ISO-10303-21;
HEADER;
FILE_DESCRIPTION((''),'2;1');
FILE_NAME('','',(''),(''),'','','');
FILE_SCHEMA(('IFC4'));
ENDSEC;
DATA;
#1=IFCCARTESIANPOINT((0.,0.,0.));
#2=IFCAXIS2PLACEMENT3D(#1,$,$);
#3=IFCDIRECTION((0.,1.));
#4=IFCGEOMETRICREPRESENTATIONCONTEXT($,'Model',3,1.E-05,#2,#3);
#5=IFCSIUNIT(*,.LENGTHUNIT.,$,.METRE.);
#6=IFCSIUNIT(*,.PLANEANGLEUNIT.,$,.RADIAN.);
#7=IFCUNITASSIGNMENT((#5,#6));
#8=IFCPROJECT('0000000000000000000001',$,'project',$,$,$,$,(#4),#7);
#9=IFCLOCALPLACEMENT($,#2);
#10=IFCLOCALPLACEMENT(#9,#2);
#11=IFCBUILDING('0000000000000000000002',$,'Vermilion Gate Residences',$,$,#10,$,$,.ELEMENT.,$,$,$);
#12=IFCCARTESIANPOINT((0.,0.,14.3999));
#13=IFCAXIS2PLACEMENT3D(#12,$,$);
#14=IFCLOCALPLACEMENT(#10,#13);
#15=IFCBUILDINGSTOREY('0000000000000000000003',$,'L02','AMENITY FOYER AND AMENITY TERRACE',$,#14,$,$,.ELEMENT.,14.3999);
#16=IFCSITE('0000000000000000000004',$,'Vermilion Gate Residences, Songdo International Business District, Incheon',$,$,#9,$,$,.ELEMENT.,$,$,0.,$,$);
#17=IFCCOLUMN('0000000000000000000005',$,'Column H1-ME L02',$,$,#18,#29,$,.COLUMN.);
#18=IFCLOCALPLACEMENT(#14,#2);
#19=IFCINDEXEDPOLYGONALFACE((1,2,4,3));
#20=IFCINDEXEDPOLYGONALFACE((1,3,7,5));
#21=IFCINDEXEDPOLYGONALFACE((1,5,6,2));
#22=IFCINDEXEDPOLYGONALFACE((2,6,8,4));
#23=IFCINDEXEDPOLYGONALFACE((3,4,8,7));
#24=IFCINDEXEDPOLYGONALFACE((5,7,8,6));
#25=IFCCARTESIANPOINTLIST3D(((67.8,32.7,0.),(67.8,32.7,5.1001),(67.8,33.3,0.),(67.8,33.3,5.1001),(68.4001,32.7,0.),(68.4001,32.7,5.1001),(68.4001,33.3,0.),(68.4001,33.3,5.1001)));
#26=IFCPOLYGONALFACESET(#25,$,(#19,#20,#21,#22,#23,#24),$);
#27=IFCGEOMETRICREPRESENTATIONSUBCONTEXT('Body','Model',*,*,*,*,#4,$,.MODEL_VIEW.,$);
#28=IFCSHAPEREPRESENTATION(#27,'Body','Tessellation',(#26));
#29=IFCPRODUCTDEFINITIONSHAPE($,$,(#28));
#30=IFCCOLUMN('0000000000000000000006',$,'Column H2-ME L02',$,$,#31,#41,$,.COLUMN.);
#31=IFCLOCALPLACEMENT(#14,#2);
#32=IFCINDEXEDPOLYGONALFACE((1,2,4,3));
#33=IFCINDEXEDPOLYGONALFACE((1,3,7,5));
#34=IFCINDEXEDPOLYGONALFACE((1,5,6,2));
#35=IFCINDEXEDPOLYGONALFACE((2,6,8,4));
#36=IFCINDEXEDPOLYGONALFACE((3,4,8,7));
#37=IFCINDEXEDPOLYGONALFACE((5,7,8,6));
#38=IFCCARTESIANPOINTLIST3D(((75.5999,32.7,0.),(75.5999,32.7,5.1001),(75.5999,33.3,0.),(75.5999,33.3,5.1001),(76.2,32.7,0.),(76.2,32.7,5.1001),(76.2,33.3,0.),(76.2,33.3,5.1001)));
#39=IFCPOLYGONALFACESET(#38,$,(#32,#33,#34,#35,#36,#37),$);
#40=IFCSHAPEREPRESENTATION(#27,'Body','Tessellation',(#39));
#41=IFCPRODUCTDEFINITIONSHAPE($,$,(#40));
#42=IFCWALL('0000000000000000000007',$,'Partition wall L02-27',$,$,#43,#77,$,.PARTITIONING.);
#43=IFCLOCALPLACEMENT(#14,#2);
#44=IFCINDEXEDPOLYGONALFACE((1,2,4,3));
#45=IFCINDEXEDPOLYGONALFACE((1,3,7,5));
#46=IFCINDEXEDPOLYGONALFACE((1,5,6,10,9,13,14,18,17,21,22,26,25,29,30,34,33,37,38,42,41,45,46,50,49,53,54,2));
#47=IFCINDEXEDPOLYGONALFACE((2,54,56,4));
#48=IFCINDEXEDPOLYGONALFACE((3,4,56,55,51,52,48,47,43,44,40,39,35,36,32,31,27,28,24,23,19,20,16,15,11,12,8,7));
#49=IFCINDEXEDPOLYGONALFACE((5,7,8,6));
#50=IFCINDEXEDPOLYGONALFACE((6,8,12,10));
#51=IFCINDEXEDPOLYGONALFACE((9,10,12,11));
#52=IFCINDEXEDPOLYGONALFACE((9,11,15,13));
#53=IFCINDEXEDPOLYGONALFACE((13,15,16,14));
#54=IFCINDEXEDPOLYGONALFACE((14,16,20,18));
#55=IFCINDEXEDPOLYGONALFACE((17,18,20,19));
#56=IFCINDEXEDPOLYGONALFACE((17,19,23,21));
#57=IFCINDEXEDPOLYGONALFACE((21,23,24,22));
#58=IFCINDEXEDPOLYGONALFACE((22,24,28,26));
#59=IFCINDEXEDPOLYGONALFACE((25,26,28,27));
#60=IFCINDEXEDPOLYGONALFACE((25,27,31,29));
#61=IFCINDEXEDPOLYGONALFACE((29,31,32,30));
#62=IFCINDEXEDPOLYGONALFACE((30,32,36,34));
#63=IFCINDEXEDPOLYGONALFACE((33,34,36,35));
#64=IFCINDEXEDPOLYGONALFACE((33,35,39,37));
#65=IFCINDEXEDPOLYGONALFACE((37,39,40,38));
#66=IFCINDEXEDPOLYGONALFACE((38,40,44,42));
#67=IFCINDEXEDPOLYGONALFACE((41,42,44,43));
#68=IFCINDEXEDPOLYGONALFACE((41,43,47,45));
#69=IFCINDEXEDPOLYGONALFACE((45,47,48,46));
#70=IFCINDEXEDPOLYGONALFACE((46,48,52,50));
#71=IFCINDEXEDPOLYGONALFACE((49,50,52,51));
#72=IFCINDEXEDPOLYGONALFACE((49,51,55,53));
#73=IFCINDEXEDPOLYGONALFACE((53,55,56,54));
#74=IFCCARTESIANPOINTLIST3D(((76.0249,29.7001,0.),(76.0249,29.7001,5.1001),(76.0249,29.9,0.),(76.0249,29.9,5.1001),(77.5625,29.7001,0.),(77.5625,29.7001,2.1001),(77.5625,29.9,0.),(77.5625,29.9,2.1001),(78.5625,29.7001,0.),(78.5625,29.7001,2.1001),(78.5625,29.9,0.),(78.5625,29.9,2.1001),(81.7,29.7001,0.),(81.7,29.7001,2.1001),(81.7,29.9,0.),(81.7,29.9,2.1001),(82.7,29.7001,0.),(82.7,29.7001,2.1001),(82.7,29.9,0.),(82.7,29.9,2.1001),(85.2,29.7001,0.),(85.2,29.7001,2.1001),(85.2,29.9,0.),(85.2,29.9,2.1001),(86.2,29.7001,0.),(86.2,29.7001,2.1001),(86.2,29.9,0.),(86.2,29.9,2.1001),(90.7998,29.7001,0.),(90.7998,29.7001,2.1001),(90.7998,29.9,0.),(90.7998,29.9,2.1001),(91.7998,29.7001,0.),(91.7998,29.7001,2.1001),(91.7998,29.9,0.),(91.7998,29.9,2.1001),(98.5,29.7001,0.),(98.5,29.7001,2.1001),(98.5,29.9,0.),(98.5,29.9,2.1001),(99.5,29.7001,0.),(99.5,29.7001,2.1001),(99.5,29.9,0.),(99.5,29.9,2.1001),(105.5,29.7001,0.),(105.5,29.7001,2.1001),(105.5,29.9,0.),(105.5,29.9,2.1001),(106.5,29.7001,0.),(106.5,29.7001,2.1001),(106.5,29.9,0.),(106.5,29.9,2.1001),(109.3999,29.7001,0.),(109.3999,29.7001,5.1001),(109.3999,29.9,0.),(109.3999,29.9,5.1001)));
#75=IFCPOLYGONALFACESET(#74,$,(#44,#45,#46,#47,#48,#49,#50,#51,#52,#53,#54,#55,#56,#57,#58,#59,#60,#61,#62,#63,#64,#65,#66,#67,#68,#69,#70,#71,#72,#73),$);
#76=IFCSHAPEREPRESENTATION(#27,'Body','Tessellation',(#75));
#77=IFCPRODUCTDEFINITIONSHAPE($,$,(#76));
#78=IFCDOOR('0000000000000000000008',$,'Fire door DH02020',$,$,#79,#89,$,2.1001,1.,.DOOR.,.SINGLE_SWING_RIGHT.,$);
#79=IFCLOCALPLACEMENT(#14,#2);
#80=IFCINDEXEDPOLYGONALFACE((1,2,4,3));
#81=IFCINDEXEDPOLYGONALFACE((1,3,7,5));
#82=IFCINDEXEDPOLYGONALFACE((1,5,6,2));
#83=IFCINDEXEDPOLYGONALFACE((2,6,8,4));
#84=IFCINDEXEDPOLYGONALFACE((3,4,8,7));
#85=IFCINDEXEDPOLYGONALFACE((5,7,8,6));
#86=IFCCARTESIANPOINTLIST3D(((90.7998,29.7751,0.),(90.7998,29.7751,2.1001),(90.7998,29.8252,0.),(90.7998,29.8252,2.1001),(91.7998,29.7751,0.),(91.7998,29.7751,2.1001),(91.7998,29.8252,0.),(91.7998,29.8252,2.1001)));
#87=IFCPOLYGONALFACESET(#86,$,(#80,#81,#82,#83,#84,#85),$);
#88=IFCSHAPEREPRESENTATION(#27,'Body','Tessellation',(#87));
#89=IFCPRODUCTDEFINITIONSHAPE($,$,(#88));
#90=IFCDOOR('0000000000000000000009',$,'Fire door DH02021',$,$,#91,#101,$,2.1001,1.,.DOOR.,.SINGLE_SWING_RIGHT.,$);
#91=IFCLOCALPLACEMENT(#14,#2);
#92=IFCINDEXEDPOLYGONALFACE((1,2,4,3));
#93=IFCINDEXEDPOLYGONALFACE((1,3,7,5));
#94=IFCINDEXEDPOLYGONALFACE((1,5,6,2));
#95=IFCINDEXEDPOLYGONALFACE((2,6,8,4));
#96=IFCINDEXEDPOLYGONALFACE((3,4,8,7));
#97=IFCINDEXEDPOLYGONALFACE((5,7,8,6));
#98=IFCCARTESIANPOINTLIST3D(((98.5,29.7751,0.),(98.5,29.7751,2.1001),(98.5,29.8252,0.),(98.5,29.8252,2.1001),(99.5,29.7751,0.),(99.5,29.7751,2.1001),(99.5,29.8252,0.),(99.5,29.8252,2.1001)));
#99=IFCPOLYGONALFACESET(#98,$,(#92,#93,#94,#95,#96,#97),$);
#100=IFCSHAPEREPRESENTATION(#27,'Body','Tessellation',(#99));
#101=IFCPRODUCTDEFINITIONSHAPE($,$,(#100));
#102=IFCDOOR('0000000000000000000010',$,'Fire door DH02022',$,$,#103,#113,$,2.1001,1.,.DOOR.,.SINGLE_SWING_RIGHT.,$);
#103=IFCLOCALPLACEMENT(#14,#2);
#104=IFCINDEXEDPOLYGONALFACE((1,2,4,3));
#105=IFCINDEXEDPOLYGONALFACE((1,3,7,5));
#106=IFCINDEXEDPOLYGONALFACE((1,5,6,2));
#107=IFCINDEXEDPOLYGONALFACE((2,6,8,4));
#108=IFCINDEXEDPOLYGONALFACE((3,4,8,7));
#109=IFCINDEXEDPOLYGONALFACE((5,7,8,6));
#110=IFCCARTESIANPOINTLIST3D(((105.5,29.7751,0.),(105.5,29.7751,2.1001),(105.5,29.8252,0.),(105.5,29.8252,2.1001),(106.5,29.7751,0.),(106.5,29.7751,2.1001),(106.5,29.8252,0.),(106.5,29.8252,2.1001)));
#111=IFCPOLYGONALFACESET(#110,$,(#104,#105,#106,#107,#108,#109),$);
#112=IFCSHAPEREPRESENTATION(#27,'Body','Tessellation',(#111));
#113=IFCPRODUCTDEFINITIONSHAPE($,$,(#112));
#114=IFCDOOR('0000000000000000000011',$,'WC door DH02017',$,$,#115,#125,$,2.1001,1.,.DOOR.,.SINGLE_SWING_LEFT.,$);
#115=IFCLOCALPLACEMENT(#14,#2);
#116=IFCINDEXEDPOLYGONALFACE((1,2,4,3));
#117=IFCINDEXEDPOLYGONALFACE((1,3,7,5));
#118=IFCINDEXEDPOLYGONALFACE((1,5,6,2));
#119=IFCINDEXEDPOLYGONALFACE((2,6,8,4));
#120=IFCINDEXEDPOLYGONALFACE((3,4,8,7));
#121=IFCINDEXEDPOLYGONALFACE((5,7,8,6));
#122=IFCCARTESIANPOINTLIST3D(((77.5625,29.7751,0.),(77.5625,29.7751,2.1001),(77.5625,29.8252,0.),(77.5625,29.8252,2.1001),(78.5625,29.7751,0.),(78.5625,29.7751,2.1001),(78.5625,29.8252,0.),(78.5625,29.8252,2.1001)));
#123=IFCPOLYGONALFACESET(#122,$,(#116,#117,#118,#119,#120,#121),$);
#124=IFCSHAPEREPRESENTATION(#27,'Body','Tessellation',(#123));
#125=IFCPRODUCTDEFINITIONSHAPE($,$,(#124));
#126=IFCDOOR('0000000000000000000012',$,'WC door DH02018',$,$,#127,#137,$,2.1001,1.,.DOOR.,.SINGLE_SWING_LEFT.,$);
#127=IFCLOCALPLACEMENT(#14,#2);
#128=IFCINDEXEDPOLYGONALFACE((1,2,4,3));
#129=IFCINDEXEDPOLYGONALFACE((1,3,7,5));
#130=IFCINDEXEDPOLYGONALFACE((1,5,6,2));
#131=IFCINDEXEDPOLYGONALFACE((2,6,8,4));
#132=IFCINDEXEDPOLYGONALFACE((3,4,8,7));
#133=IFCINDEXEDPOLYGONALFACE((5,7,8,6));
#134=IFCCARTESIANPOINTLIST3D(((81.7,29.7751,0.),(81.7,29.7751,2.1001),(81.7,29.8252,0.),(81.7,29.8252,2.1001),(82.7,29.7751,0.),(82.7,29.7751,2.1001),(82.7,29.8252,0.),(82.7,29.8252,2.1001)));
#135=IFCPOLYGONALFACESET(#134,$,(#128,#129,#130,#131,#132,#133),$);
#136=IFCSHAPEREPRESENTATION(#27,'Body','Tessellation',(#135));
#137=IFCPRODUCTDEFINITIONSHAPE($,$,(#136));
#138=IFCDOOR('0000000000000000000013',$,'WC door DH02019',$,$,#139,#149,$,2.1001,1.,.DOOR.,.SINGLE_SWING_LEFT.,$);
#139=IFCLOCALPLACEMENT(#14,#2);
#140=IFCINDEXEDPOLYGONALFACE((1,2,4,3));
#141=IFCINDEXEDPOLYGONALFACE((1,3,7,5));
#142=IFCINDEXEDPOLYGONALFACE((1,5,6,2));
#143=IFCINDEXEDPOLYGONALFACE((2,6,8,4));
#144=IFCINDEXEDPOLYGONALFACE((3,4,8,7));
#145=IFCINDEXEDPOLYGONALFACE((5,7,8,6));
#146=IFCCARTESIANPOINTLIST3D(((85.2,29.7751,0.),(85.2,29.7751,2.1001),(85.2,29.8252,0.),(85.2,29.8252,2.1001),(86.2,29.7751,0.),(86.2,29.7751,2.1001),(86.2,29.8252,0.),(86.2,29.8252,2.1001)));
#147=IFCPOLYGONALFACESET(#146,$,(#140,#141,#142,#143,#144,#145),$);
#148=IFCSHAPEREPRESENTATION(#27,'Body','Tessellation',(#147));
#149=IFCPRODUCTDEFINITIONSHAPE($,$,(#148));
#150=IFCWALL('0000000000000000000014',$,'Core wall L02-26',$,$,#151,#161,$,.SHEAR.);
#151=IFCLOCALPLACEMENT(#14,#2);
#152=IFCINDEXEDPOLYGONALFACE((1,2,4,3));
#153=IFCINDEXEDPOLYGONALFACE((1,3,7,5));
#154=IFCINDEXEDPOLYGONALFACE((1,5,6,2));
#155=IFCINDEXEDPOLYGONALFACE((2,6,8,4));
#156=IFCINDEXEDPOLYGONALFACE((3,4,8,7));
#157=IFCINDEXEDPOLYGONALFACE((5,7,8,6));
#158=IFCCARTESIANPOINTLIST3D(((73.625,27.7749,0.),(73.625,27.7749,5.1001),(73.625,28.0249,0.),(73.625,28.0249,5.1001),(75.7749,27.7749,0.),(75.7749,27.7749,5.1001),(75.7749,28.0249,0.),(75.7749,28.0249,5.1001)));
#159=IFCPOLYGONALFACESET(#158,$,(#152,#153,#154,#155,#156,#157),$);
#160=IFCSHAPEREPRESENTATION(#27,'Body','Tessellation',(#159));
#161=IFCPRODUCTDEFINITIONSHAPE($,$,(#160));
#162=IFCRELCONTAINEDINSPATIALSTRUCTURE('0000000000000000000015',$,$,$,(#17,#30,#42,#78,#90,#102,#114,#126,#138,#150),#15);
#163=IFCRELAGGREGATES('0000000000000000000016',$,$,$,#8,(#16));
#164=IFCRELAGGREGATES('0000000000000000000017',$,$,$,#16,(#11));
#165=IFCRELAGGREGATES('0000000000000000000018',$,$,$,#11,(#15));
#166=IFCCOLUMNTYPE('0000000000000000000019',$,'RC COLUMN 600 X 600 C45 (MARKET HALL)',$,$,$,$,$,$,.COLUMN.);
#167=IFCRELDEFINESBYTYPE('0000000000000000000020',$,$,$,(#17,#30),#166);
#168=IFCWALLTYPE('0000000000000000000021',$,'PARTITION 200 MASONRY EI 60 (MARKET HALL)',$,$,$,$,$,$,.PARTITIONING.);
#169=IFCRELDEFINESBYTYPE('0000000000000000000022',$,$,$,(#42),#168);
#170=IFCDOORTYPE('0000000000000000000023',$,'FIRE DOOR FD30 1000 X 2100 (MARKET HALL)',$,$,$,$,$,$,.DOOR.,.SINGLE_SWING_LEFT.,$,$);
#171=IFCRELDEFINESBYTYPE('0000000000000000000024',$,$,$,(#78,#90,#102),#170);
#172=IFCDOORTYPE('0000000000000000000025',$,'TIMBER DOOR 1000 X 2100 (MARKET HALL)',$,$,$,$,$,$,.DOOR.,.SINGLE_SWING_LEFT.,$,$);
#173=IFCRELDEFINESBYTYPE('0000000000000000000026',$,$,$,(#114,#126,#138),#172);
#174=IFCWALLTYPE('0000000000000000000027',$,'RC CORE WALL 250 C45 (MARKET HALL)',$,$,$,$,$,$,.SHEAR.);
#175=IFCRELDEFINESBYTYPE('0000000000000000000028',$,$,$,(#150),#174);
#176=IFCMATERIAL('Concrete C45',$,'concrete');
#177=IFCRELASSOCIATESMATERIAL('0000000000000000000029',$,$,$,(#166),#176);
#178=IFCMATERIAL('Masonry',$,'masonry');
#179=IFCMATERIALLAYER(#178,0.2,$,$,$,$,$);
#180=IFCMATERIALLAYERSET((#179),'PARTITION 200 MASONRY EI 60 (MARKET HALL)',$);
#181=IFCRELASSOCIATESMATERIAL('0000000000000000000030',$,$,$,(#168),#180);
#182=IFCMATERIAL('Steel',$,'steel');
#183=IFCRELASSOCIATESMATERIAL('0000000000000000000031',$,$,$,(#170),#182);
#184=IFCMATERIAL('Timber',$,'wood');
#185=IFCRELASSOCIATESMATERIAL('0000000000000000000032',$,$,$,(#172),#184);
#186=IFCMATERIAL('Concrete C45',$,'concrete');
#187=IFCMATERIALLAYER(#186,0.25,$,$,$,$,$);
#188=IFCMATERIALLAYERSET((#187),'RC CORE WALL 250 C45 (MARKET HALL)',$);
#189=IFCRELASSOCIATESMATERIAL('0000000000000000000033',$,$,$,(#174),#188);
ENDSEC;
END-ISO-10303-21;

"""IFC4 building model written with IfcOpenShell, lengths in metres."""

from ifc_helpers import new_model, si_unit, direction, frame, frame_2d, origin, origin_2d, place, context, subcontext, project, spatial, rectangle, extrude, material, layer, layer_set, material_profile, profile_set, type_object, element, fill, save


model = new_model("IFC4")

# Units and contexts
model_context = context("Model", 3, precision=1e-05, world=origin(), true_north=direction((0.0, 1.0)))
body_context = subcontext(model_context, "Body", "Model", "MODEL_VIEW")
ifc_project = project(units=[si_unit("LENGTHUNIT", "METRE"), si_unit("PLANEANGLEUNIT", "RADIAN")], contexts=[model_context])

# Site, building, storey
site_placement = place(None, origin())
site = spatial("IfcSite", under=ifc_project, at=site_placement, Name="Vermilion Gate Residences, Songdo International Business District, Incheon", CompositionType="ELEMENT", RefElevation=0.0)
building_placement = place(site_placement, origin())
building = spatial("IfcBuilding", under=site, at=building_placement, Name="Vermilion Gate Residences", CompositionType="ELEMENT")
storey_placement = place(building_placement, frame((0.0, 0.0, 14.3999)))
storey = spatial("IfcBuildingStorey", under=building, at=storey_placement, Name="L02", Description="AMENITY FOYER AND AMENITY TERRACE", CompositionType="ELEMENT", Elevation=14.3999)

# Columns
ifc_material_1 = material(Name="Concrete C45", Category="concrete")
ifc_material_profile = material_profile(ifc_material_1, rectangle(XDim=0.6001, YDim=0.6001, at=origin_2d()), Name="RC COLUMN 600 X 600 C45 (MARKET HALL)")
ifc_profile_set = profile_set([ifc_material_profile], Name="Concrete C45")
column_type = type_object("IfcColumnType", Name="RC COLUMN 600 X 600 C45 (MARKET HALL)", PredefinedType="COLUMN", material=ifc_profile_set)
for number, where, z_axis, x_axis, name in (
    (1, (68.1001, 33.0, 0.0), (0.0, 0.0, 1.0), (1.0, 0.0, 0.0), "Column H1-ME L02"),
    (2, (75.8999, 33.0, 0.0), (0.0, 0.0, 1.0), (1.0, 0.0, 0.0), "Column H2-ME L02"),
):
    element("IfcColumn", number, at=place(storey_placement, frame(where, z_axis=z_axis, x_axis=x_axis)), inside=storey, type_object=column_type, Name=name, PredefinedType="COLUMN", context=body_context, shape_type="SweptSolid", body=[
        extrude(rectangle(XDim=0.6001, YDim=0.6001, at=origin_2d()), origin(), (0.0, 0.0, 1.0), 5.1001),
    ])

# Wall, openings, doors
ifc_material_2 = material(Name="Masonry", Category="masonry")
ifc_layer_1 = layer(ifc_material_2, 0.2)
ifc_layer_set_1 = layer_set([ifc_layer_1], Name="PARTITION 200 MASONRY EI 60 (MARKET HALL)")
wall_type_1 = type_object("IfcWallType", Name="PARTITION 200 MASONRY EI 60 (MARKET HALL)", PredefinedType="PARTITIONING", material=ifc_layer_set_1)
wall_1_placement = place(storey_placement, frame((76.0249, 29.8, 0.0), z_axis=(0.0, 0.0, 1.0), x_axis=(1.0, 0.0, 0.0)))
wall_1 = element("IfcWall", 3, at=wall_1_placement, inside=storey, type_object=wall_type_1, Name="Partition wall L02-27", PredefinedType="PARTITIONING", context=body_context, shape_type="SweptSolid", body=[
    extrude(rectangle(XDim=33.375, YDim=0.2, at=frame_2d((16.6875, 0.0))), origin(), (0.0, 0.0, 1.0), 5.1001),
])
opening_1_placement = place(wall_1_placement, frame((1.5376, 0.0, 0.0)))
opening_1 = element("IfcOpeningElement", 4, at=opening_1_placement, cuts=wall_1, PredefinedType="OPENING", context=body_context, shape_type="SweptSolid", body=[
    extrude(rectangle(XDim=1.0, YDim=2.1001, at=frame_2d((0.5, 1.05))), frame((0.0, 0.1099, 0.0), z_axis=(0.0, -1.0, 0.0), x_axis=(1.0, 0.0, 0.0)), (0.0, 0.0, 1.0), 0.22),
])
opening_2_placement = place(wall_1_placement, frame((5.675, 0.0, 0.0)))
opening_2 = element("IfcOpeningElement", 5, at=opening_2_placement, cuts=wall_1, PredefinedType="OPENING", context=body_context, shape_type="SweptSolid", body=[
    extrude(rectangle(XDim=1.0, YDim=2.1001, at=frame_2d((0.5, 1.05))), frame((0.0, 0.1099, 0.0), z_axis=(0.0, -1.0, 0.0), x_axis=(1.0, 0.0, 0.0)), (0.0, 0.0, 1.0), 0.22),
])
opening_3_placement = place(wall_1_placement, frame((9.175, 0.0, 0.0)))
opening_3 = element("IfcOpeningElement", 6, at=opening_3_placement, cuts=wall_1, PredefinedType="OPENING", context=body_context, shape_type="SweptSolid", body=[
    extrude(rectangle(XDim=1.0, YDim=2.1001, at=frame_2d((0.5, 1.05))), frame((0.0, 0.1099, 0.0), z_axis=(0.0, -1.0, 0.0), x_axis=(1.0, 0.0, 0.0)), (0.0, 0.0, 1.0), 0.22),
])
opening_4_placement = place(wall_1_placement, frame((14.7749, 0.0, 0.0)))
opening_4 = element("IfcOpeningElement", 7, at=opening_4_placement, cuts=wall_1, PredefinedType="OPENING", context=body_context, shape_type="SweptSolid", body=[
    extrude(rectangle(XDim=1.0, YDim=2.1001, at=frame_2d((0.5, 1.05))), frame((0.0, 0.1099, 0.0), z_axis=(0.0, -1.0, 0.0), x_axis=(1.0, 0.0, 0.0)), (0.0, 0.0, 1.0), 0.22),
])
opening_5_placement = place(wall_1_placement, frame((22.4751, 0.0, 0.0)))
opening_5 = element("IfcOpeningElement", 8, at=opening_5_placement, cuts=wall_1, PredefinedType="OPENING", context=body_context, shape_type="SweptSolid", body=[
    extrude(rectangle(XDim=1.0, YDim=2.1001, at=frame_2d((0.5, 1.05))), frame((0.0, 0.1099, 0.0), z_axis=(0.0, -1.0, 0.0), x_axis=(1.0, 0.0, 0.0)), (0.0, 0.0, 1.0), 0.22),
])
opening_6_placement = place(wall_1_placement, frame((29.4751, 0.0, 0.0)))
opening_6 = element("IfcOpeningElement", 9, at=opening_6_placement, cuts=wall_1, PredefinedType="OPENING", context=body_context, shape_type="SweptSolid", body=[
    extrude(rectangle(XDim=1.0, YDim=2.1001, at=frame_2d((0.5, 1.05))), frame((0.0, 0.1099, 0.0), z_axis=(0.0, -1.0, 0.0), x_axis=(1.0, 0.0, 0.0)), (0.0, 0.0, 1.0), 0.22),
])
ifc_material_3 = material(Name="Steel", Category="steel")
door_type_1 = type_object("IfcDoorType", Name="FIRE DOOR FD30 1000 X 2100 (MARKET HALL)", OperationType="SINGLE_SWING_LEFT", PredefinedType="DOOR", material=ifc_material_3)
door_1_placement = place(opening_4_placement, frame((1.0, 0.0, 0.0), z_axis=(0.0, 0.0, 1.0), x_axis=(-1.0, 0.0, 0.0)))
door_1 = element("IfcDoor", 10, at=door_1_placement, inside=storey, type_object=door_type_1, Name="Fire door DH02020", OperationType="SINGLE_SWING_RIGHT", OverallHeight=2.1001, OverallWidth=1.0, PredefinedType="DOOR", context=body_context, shape_type="SweptSolid", body=[
    extrude(rectangle(XDim=1.0, YDim=2.1001, at=frame_2d((0.5, 1.05))), frame((0.0, 0.0249, 0.0), z_axis=(0.0, -1.0, 0.0), x_axis=(1.0, 0.0, 0.0)), (0.0, 0.0, 1.0), 0.05),
])
fill(opening_4, door_1)
door_2_placement = place(opening_5_placement, frame((1.0, 0.0, 0.0), z_axis=(0.0, 0.0, 1.0), x_axis=(-1.0, 0.0, 0.0)))
door_2 = element("IfcDoor", 11, at=door_2_placement, inside=storey, type_object=door_type_1, Name="Fire door DH02021", OperationType="SINGLE_SWING_RIGHT", OverallHeight=2.1001, OverallWidth=1.0, PredefinedType="DOOR", context=body_context, shape_type="SweptSolid", body=[
    extrude(rectangle(XDim=1.0, YDim=2.1001, at=frame_2d((0.5, 1.05))), frame((0.0, 0.0249, 0.0), z_axis=(0.0, -1.0, 0.0), x_axis=(1.0, 0.0, 0.0)), (0.0, 0.0, 1.0), 0.05),
])
fill(opening_5, door_2)
door_3_placement = place(opening_6_placement, frame((1.0, 0.0, 0.0), z_axis=(0.0, 0.0, 1.0), x_axis=(-1.0, 0.0, 0.0)))
door_3 = element("IfcDoor", 12, at=door_3_placement, inside=storey, type_object=door_type_1, Name="Fire door DH02022", OperationType="SINGLE_SWING_RIGHT", OverallHeight=2.1001, OverallWidth=1.0, PredefinedType="DOOR", context=body_context, shape_type="SweptSolid", body=[
    extrude(rectangle(XDim=1.0, YDim=2.1001, at=frame_2d((0.5, 1.05))), frame((0.0, 0.0249, 0.0), z_axis=(0.0, -1.0, 0.0), x_axis=(1.0, 0.0, 0.0)), (0.0, 0.0, 1.0), 0.05),
])
fill(opening_6, door_3)
ifc_material_4 = material(Name="Timber", Category="wood")
door_type_2 = type_object("IfcDoorType", Name="TIMBER DOOR 1000 X 2100 (MARKET HALL)", OperationType="SINGLE_SWING_LEFT", PredefinedType="DOOR", material=ifc_material_4)
door_4_placement = place(opening_1_placement, frame((1.0, 0.0, 0.0), z_axis=(0.0, 0.0, 1.0), x_axis=(-1.0, 0.0, 0.0)))
door_4 = element("IfcDoor", 13, at=door_4_placement, inside=storey, type_object=door_type_2, Name="WC door DH02017", OperationType="SINGLE_SWING_LEFT", OverallHeight=2.1001, OverallWidth=1.0, PredefinedType="DOOR", context=body_context, shape_type="SweptSolid", body=[
    extrude(rectangle(XDim=1.0, YDim=2.1001, at=frame_2d((0.5, 1.05))), frame((0.0, 0.0249, 0.0), z_axis=(0.0, -1.0, 0.0), x_axis=(1.0, 0.0, 0.0)), (0.0, 0.0, 1.0), 0.05),
])
fill(opening_1, door_4)
door_5_placement = place(opening_2_placement, frame((1.0, 0.0, 0.0), z_axis=(0.0, 0.0, 1.0), x_axis=(-1.0, 0.0, 0.0)))
door_5 = element("IfcDoor", 14, at=door_5_placement, inside=storey, type_object=door_type_2, Name="WC door DH02018", OperationType="SINGLE_SWING_LEFT", OverallHeight=2.1001, OverallWidth=1.0, PredefinedType="DOOR", context=body_context, shape_type="SweptSolid", body=[
    extrude(rectangle(XDim=1.0, YDim=2.1001, at=frame_2d((0.5, 1.05))), frame((0.0, 0.0249, 0.0), z_axis=(0.0, -1.0, 0.0), x_axis=(1.0, 0.0, 0.0)), (0.0, 0.0, 1.0), 0.05),
])
fill(opening_2, door_5)
door_6_placement = place(opening_3_placement, frame((1.0, 0.0, 0.0), z_axis=(0.0, 0.0, 1.0), x_axis=(-1.0, 0.0, 0.0)))
door_6 = element("IfcDoor", 15, at=door_6_placement, inside=storey, type_object=door_type_2, Name="WC door DH02019", OperationType="SINGLE_SWING_LEFT", OverallHeight=2.1001, OverallWidth=1.0, PredefinedType="DOOR", context=body_context, shape_type="SweptSolid", body=[
    extrude(rectangle(XDim=1.0, YDim=2.1001, at=frame_2d((0.5, 1.05))), frame((0.0, 0.0249, 0.0), z_axis=(0.0, -1.0, 0.0), x_axis=(1.0, 0.0, 0.0)), (0.0, 0.0, 1.0), 0.05),
])
fill(opening_3, door_6)

# Wall
ifc_material_5 = material(Name="Concrete C45", Category="concrete")
ifc_layer_2 = layer(ifc_material_5, 0.25)
ifc_layer_set_2 = layer_set([ifc_layer_2], Name="RC CORE WALL 250 C45 (MARKET HALL)")
wall_type_2 = type_object("IfcWallType", Name="RC CORE WALL 250 C45 (MARKET HALL)", PredefinedType="SHEAR", material=ifc_layer_set_2)
wall_2_placement = place(storey_placement, frame((73.625, 27.8999, 0.0), z_axis=(0.0, 0.0, 1.0), x_axis=(1.0, 0.0, 0.0)))
element("IfcWall", 16, at=wall_2_placement, inside=storey, type_object=wall_type_2, Name="Core wall L02-26", PredefinedType="SHEAR", context=body_context, shape_type="SweptSolid", body=[
    extrude(rectangle(XDim=2.1499, YDim=0.25, at=frame_2d((1.075, 0.0))), origin(), (0.0, 0.0, 1.0), 5.1001),
])

save(model, "model.ifc")
